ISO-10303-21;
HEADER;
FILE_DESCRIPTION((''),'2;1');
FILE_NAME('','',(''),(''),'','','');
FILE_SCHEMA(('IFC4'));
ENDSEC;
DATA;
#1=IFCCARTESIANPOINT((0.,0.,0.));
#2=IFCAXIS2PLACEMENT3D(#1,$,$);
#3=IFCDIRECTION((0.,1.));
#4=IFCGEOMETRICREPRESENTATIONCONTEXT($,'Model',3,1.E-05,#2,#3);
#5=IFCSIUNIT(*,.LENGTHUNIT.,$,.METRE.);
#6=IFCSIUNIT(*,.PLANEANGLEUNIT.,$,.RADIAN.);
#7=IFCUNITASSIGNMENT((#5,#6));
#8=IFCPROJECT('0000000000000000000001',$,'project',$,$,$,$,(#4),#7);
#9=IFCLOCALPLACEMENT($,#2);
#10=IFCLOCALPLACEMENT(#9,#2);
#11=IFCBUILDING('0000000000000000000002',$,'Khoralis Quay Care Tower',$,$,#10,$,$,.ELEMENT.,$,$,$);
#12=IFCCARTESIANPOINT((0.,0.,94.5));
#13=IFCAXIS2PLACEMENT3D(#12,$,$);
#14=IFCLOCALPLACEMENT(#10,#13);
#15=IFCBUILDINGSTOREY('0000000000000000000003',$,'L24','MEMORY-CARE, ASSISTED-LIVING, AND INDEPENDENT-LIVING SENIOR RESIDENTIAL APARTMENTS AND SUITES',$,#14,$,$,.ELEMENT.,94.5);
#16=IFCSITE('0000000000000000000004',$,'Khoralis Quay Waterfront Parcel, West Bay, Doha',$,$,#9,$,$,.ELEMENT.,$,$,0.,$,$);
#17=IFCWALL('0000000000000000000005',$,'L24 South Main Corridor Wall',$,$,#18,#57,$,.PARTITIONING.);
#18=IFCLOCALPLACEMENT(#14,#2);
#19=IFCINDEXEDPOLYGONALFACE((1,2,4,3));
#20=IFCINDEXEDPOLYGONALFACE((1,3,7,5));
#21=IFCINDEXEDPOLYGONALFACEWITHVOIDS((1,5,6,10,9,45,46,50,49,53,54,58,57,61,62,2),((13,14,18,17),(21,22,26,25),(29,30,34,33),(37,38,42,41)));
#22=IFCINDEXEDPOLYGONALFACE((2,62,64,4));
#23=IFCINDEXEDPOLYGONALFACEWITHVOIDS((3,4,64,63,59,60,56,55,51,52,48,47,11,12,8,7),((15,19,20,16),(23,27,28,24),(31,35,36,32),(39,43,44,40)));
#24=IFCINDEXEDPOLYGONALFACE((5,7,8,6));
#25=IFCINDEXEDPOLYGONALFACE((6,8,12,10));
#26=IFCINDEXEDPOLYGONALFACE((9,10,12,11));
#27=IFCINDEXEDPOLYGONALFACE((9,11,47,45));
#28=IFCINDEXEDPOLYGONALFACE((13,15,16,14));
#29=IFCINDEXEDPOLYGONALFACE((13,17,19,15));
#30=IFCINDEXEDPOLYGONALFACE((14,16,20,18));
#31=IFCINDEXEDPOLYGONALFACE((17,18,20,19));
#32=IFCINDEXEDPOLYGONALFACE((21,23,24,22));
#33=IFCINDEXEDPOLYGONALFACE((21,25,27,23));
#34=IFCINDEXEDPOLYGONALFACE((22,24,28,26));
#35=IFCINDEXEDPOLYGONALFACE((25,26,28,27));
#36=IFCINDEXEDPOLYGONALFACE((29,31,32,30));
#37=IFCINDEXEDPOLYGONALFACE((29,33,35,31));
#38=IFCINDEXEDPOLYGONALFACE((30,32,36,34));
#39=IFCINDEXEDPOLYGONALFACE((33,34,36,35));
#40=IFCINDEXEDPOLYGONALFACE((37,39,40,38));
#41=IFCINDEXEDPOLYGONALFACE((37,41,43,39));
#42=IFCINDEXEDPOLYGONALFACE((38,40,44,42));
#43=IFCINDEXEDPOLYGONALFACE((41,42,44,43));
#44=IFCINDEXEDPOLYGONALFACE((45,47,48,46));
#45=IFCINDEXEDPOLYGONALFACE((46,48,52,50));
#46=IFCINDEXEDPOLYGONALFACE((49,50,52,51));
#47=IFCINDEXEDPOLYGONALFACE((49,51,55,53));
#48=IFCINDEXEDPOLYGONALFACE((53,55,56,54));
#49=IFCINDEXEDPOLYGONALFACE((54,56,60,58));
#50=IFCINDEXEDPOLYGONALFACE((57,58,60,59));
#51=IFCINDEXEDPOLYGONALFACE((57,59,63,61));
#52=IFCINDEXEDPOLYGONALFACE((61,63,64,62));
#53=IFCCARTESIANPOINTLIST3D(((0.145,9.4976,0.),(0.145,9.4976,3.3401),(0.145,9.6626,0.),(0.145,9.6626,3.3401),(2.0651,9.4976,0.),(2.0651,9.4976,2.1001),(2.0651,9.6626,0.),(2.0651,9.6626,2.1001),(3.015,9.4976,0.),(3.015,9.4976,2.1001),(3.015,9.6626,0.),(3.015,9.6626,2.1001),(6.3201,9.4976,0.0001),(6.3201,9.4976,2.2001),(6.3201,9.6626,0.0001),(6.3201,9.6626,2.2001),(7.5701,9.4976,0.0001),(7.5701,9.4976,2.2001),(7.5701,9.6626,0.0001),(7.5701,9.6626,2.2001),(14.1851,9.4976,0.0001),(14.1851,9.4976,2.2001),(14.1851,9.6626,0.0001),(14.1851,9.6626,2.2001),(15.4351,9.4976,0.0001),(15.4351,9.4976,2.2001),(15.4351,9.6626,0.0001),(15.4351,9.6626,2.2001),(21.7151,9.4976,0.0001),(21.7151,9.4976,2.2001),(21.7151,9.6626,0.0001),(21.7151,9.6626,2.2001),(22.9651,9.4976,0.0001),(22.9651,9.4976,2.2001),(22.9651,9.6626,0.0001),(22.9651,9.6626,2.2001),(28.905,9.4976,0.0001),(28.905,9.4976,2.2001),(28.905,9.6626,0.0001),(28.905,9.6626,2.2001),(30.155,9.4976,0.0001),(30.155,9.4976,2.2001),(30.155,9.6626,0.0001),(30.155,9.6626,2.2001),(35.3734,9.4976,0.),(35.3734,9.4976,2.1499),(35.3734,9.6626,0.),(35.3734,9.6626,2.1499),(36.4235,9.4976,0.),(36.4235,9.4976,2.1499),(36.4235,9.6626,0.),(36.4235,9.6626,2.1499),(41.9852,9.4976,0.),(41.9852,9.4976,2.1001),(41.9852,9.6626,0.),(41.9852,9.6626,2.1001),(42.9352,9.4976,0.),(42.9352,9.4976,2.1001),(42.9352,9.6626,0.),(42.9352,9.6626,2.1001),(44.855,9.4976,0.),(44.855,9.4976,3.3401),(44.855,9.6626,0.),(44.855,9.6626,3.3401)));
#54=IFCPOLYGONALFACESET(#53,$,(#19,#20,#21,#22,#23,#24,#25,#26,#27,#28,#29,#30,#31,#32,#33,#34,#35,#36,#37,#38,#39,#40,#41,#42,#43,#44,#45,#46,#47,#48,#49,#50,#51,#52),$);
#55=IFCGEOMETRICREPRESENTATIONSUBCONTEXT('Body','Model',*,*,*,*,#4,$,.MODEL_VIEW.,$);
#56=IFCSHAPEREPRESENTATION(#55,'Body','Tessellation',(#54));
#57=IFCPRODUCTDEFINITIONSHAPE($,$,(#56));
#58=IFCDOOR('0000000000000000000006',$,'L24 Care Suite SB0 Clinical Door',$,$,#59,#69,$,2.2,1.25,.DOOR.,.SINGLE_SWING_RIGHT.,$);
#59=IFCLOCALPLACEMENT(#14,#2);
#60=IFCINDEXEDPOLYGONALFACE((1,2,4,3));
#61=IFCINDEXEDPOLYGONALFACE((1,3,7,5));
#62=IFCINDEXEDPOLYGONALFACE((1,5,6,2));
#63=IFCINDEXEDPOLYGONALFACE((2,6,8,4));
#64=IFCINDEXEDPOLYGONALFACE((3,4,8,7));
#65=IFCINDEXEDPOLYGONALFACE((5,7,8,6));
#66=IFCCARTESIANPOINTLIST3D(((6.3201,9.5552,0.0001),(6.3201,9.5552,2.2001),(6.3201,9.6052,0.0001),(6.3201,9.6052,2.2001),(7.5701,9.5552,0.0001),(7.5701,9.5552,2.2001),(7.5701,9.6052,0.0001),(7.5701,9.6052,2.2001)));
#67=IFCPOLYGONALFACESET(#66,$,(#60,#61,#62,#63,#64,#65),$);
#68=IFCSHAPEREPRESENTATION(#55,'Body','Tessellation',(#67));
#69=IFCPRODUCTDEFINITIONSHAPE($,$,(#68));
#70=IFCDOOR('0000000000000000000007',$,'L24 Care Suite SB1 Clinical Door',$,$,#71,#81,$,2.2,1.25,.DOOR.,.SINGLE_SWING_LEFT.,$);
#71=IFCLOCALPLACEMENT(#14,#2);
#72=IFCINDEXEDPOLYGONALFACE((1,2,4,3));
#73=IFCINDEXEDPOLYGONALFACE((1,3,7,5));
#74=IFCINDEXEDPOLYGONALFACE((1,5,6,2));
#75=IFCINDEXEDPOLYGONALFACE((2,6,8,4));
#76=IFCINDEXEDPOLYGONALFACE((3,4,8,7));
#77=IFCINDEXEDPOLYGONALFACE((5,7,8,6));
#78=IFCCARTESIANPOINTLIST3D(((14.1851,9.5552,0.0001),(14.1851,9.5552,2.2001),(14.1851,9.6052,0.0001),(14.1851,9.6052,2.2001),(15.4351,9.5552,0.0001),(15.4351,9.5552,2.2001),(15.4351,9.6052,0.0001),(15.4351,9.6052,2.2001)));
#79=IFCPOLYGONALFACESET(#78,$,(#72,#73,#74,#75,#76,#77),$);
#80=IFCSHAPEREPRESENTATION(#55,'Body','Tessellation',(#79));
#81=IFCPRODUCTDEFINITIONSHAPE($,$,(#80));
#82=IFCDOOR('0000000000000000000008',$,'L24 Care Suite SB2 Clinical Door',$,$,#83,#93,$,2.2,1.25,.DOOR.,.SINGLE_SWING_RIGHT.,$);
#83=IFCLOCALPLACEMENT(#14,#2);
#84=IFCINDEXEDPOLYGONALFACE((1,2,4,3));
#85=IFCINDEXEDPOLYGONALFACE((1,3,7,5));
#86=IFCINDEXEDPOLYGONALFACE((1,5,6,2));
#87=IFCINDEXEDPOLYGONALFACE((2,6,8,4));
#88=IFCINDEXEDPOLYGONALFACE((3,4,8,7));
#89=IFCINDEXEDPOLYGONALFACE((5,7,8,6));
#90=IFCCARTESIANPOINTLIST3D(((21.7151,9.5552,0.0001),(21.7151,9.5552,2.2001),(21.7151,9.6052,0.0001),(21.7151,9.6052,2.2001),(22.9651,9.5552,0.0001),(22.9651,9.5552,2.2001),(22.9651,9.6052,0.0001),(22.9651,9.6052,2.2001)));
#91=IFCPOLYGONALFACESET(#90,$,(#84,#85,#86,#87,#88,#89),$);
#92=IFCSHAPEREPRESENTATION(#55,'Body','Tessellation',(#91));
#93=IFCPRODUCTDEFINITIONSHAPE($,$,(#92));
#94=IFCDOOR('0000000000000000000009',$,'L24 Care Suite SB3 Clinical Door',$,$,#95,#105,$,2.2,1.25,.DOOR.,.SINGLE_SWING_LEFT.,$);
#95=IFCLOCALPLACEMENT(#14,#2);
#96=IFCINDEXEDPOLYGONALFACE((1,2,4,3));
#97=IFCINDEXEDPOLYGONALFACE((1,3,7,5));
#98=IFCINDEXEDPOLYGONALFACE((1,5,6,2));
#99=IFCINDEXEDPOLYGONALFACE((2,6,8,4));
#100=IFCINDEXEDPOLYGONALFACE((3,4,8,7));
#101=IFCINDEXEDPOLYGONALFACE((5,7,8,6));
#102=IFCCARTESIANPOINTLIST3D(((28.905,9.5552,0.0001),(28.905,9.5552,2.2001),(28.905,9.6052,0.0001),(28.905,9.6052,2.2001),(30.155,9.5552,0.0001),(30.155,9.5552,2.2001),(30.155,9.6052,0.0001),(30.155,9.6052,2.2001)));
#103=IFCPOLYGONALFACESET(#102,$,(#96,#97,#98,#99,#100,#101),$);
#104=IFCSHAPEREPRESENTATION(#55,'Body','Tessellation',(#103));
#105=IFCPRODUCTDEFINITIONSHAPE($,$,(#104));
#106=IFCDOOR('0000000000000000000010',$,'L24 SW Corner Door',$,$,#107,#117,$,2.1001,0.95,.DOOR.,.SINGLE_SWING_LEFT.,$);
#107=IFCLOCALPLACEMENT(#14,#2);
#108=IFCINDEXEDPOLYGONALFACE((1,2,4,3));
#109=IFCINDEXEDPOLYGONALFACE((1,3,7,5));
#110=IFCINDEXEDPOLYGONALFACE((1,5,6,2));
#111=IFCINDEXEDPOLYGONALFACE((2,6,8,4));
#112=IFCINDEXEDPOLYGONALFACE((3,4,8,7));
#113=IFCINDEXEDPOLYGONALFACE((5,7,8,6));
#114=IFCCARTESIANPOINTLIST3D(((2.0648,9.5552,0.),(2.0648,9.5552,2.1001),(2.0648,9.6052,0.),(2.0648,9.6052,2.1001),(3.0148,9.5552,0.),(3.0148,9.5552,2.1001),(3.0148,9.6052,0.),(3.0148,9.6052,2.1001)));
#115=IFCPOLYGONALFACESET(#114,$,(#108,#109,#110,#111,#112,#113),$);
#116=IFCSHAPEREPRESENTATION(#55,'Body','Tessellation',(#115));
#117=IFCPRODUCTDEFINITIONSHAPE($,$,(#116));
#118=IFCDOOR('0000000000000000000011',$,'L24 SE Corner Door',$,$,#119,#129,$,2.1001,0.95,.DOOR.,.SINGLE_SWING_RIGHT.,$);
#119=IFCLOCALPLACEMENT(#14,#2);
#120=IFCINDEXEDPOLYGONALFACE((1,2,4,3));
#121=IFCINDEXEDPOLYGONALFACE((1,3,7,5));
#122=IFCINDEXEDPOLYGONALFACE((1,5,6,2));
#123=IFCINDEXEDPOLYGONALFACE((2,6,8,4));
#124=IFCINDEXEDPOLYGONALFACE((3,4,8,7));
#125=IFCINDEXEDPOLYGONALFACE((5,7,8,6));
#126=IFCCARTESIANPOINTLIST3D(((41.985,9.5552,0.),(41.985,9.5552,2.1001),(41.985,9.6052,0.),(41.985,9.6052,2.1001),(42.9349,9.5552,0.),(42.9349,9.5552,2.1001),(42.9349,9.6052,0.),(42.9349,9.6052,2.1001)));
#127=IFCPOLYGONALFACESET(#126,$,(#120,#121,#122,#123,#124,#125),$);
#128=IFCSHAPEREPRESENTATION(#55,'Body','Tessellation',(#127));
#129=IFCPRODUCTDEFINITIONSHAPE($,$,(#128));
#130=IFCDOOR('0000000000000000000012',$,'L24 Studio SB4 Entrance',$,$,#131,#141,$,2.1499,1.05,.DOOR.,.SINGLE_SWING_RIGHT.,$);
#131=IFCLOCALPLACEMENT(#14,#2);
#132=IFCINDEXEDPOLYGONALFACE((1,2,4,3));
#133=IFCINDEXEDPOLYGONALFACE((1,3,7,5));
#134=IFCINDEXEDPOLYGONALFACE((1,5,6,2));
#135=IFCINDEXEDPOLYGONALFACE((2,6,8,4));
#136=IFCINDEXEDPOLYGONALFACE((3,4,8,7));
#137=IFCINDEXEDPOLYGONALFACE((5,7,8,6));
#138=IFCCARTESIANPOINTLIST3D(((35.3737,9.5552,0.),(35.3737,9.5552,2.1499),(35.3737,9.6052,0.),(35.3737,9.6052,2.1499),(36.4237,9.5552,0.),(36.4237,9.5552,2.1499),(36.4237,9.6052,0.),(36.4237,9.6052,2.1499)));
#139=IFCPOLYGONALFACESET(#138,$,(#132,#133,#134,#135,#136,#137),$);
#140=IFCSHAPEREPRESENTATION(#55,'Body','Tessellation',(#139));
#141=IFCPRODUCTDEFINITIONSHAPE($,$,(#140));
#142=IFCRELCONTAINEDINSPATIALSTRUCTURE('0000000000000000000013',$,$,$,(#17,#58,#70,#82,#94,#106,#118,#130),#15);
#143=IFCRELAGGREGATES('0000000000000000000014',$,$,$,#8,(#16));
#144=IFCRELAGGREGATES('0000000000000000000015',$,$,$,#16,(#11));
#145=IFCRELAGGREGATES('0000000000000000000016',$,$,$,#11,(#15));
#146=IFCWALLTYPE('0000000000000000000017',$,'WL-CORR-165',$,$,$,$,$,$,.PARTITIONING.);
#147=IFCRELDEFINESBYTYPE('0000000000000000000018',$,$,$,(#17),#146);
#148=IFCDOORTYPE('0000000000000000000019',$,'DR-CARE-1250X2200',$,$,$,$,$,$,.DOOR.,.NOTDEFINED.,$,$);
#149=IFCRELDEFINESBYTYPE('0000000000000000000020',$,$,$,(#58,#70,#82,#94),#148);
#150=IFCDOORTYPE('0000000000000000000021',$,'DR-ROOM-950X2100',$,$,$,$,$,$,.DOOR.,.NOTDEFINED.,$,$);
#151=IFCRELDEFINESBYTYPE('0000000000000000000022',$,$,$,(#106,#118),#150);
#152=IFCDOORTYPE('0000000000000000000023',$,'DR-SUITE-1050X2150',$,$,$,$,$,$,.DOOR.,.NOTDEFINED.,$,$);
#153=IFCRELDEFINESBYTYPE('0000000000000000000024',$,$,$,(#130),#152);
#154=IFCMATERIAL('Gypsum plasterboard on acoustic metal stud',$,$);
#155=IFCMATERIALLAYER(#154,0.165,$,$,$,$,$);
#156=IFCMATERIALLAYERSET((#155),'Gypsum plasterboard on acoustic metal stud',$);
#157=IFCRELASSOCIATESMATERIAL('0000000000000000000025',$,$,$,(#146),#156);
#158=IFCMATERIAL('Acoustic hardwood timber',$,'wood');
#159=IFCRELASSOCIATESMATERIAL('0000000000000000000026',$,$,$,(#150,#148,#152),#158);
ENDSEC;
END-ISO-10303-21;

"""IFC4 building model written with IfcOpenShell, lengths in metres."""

from ifc_helpers import new_model, si_unit, direction, frame, frame_2d, origin, place, context, subcontext, project, spatial, rectangle, extrude, source, transform, mapped, material, layer, layer_set, type_object, element, fill, save


model = new_model("IFC4")

# Units and contexts
model_context = context("Model", 3, precision=1e-05, world=origin(), true_north=direction((0.0, 1.0)))
body_context = subcontext(model_context, "Body", "Model", "MODEL_VIEW")
ifc_project = project(units=[si_unit("LENGTHUNIT", "METRE"), si_unit("PLANEANGLEUNIT", "RADIAN")], contexts=[model_context])

# Site, building, storey
site_placement = place(None, origin())
site = spatial("IfcSite", under=ifc_project, at=site_placement, Name="Khoralis Quay Waterfront Parcel, West Bay, Doha", CompositionType="ELEMENT", RefElevation=0.0)
building_placement = place(site_placement, origin())
building = spatial("IfcBuilding", under=site, at=building_placement, Name="Khoralis Quay Care Tower", CompositionType="ELEMENT")
storey_placement = place(building_placement, frame((0.0, 0.0, 94.5)))
storey = spatial("IfcBuildingStorey", under=building, at=storey_placement, Name="L24", Description="MEMORY-CARE, ASSISTED-LIVING, AND INDEPENDENT-LIVING SENIOR RESIDENTIAL APARTMENTS AND SUITES", CompositionType="ELEMENT", Elevation=94.5)

# Wall, openings, doors
ifc_material_1 = material(Name="Gypsum plasterboard on acoustic metal stud")
ifc_layer_1 = layer(ifc_material_1, 0.165)
ifc_layer_set_1 = layer_set([ifc_layer_1], Name="Gypsum plasterboard on acoustic metal stud")
wall_type_1 = type_object("IfcWallType", Name="WL-CORR-165", PredefinedType="PARTITIONING", material=ifc_layer_set_1)
ifc_material_2 = material(Name="Acoustic hardwood timber", Category="wood")
door_type_1 = type_object("IfcDoorType", Name="DR-ROOM-950X2100", OperationType="NOTDEFINED", PredefinedType="DOOR", material=ifc_material_2)
shared_shape_1 = source(origin(), body_context, "Body", "SweptSolid", [
    extrude(rectangle(XDim=0.95, YDim=2.1001, at=frame_2d((0.4751, 1.05))), frame((0.0, 0.0249, 0.0), z_axis=(0.0, -1.0, 0.0), x_axis=(1.0, 0.0, 0.0)), (0.0, 0.0, 1.0), 0.05),
])
wall_1_placement = place(storey_placement, frame((0.145, 9.5801, 0.0), z_axis=(0.0, 0.0, 1.0), x_axis=(1.0, 0.0, 0.0)))
wall_1 = element("IfcWall", 1, at=wall_1_placement, inside=storey, type_object=wall_type_1, Name="L24 South Main Corridor Wall", PredefinedType="PARTITIONING", context=body_context, shape_type="SweptSolid", body=[
    extrude(rectangle(XDim=44.71, YDim=0.165, at=frame_2d((22.355, 0.0))), origin(), (0.0, 0.0, 1.0), 3.3401),
])
opening_1_placement = place(wall_1_placement, frame((6.175, 0.0, 0.0)))
opening_1 = element("IfcOpeningElement", 2, at=opening_1_placement, cuts=wall_1, PredefinedType="OPENING", context=body_context, shape_type="SweptSolid", body=[
    extrude(rectangle(XDim=1.25, YDim=2.2, at=frame_2d((0.625, 1.1001))), frame((0.0, 0.0925, 0.0), z_axis=(0.0, -1.0, 0.0), x_axis=(1.0, 0.0, 0.0)), (0.0, 0.0, 1.0), 0.1851),
])
opening_2_placement = place(wall_1_placement, frame((14.04, 0.0, 0.0)))
opening_2 = element("IfcOpeningElement", 3, at=opening_2_placement, cuts=wall_1, PredefinedType="OPENING", context=body_context, shape_type="SweptSolid", body=[
    extrude(rectangle(XDim=1.25, YDim=2.2, at=frame_2d((0.625, 1.1001))), frame((0.0, 0.0925, 0.0), z_axis=(0.0, -1.0, 0.0), x_axis=(1.0, 0.0, 0.0)), (0.0, 0.0, 1.0), 0.1851),
])
opening_3_placement = place(wall_1_placement, frame((21.5701, 0.0, 0.0)))
opening_3 = element("IfcOpeningElement", 4, at=opening_3_placement, cuts=wall_1, PredefinedType="OPENING", context=body_context, shape_type="SweptSolid", body=[
    extrude(rectangle(XDim=1.25, YDim=2.2, at=frame_2d((0.625, 1.1001))), frame((0.0, 0.0925, 0.0), z_axis=(0.0, -1.0, 0.0), x_axis=(1.0, 0.0, 0.0)), (0.0, 0.0, 1.0), 0.1851),
])
opening_4_placement = place(wall_1_placement, frame((28.76, 0.0, 0.0)))
opening_4 = element("IfcOpeningElement", 5, at=opening_4_placement, cuts=wall_1, PredefinedType="OPENING", context=body_context, shape_type="SweptSolid", body=[
    extrude(rectangle(XDim=1.25, YDim=2.2, at=frame_2d((0.625, 1.1001))), frame((0.0, 0.0925, 0.0), z_axis=(0.0, -1.0, 0.0), x_axis=(1.0, 0.0, 0.0)), (0.0, 0.0, 1.0), 0.1851),
])
opening_5_placement = place(wall_1_placement, frame((35.2285, 0.0, 0.0)))
opening_5 = element("IfcOpeningElement", 6, at=opening_5_placement, cuts=wall_1, PredefinedType="OPENING", context=body_context, shape_type="SweptSolid", body=[
    extrude(rectangle(XDim=1.05, YDim=2.1499, at=frame_2d((0.5249, 1.075))), frame((0.0, 0.0925, 0.0), z_axis=(0.0, -1.0, 0.0), x_axis=(1.0, 0.0, 0.0)), (0.0, 0.0, 1.0), 0.1851),
])
opening_6_placement = place(wall_1_placement, frame((1.9199, 0.0, 0.0)))
opening_6 = element("IfcOpeningElement", 7, at=opening_6_placement, cuts=wall_1, PredefinedType="OPENING", context=body_context, shape_type="SweptSolid", body=[
    extrude(rectangle(XDim=0.95, YDim=2.1001, at=frame_2d((0.4751, 1.05))), frame((0.0, 0.0925, 0.0), z_axis=(0.0, -1.0, 0.0), x_axis=(1.0, 0.0, 0.0)), (0.0, 0.0, 1.0), 0.1851),
])
opening_7_placement = place(wall_1_placement, frame((41.8401, 0.0, 0.0)))
opening_7 = element("IfcOpeningElement", 8, at=opening_7_placement, cuts=wall_1, PredefinedType="OPENING", context=body_context, shape_type="SweptSolid", body=[
    extrude(rectangle(XDim=0.95, YDim=2.1001, at=frame_2d((0.4751, 1.05))), frame((0.0, 0.0925, 0.0), z_axis=(0.0, -1.0, 0.0), x_axis=(1.0, 0.0, 0.0)), (0.0, 0.0, 1.0), 0.1851),
])
door_type_2 = type_object("IfcDoorType", Name="DR-CARE-1250X2200", OperationType="NOTDEFINED", PredefinedType="DOOR", material=ifc_material_2)
shared_shape_2 = source(origin(), body_context, "Body", "SweptSolid", [
    extrude(rectangle(XDim=1.25, YDim=2.2, at=frame_2d((0.625, 1.1001))), frame((0.0, 0.0249, 0.0), z_axis=(0.0, -1.0, 0.0), x_axis=(1.0, 0.0, 0.0)), (0.0, 0.0, 1.0), 0.05),
])
door_1_placement = place(opening_1_placement, frame((1.25, 0.0, 0.0), z_axis=(0.0, 0.0, 1.0), x_axis=(-1.0, 0.0, 0.0)))
door_1 = element("IfcDoor", 9, at=door_1_placement, inside=storey, type_object=door_type_2, Name="L24 Care Suite SB0 Clinical Door", OperationType="SINGLE_SWING_RIGHT", OverallHeight=2.2, OverallWidth=1.25, PredefinedType="DOOR", context=body_context, shape_type="MappedRepresentation", body=[
    mapped(shared_shape_2, transform((0.0, 0.0, 0.0), scale=1.0)),
])
fill(opening_1, door_1)
door_2_placement = place(opening_2_placement, frame((1.25, 0.0, 0.0), z_axis=(0.0, 0.0, 1.0), x_axis=(-1.0, 0.0, 0.0)))
door_2 = element("IfcDoor", 10, at=door_2_placement, inside=storey, type_object=door_type_2, Name="L24 Care Suite SB1 Clinical Door", OperationType="SINGLE_SWING_LEFT", OverallHeight=2.2, OverallWidth=1.25, PredefinedType="DOOR", context=body_context, shape_type="MappedRepresentation", body=[
    mapped(shared_shape_2, transform((0.0, 0.0, 0.0), scale=1.0)),
])
fill(opening_2, door_2)
door_3_placement = place(opening_3_placement, frame((1.25, 0.0, 0.0), z_axis=(0.0, 0.0, 1.0), x_axis=(-1.0, 0.0, 0.0)))
door_3 = element("IfcDoor", 11, at=door_3_placement, inside=storey, type_object=door_type_2, Name="L24 Care Suite SB2 Clinical Door", OperationType="SINGLE_SWING_RIGHT", OverallHeight=2.2, OverallWidth=1.25, PredefinedType="DOOR", context=body_context, shape_type="MappedRepresentation", body=[
    mapped(shared_shape_2, transform((0.0, 0.0, 0.0), scale=1.0)),
])
fill(opening_3, door_3)
door_4_placement = place(opening_4_placement, frame((1.25, 0.0, 0.0), z_axis=(0.0, 0.0, 1.0), x_axis=(-1.0, 0.0, 0.0)))
door_4 = element("IfcDoor", 12, at=door_4_placement, inside=storey, type_object=door_type_2, Name="L24 Care Suite SB3 Clinical Door", OperationType="SINGLE_SWING_LEFT", OverallHeight=2.2, OverallWidth=1.25, PredefinedType="DOOR", context=body_context, shape_type="MappedRepresentation", body=[
    mapped(shared_shape_2, transform((0.0, 0.0, 0.0), scale=1.0)),
])
fill(opening_4, door_4)
door_5_placement = place(opening_6_placement, frame((0.95, 0.0, 0.0), z_axis=(0.0, 0.0, 1.0), x_axis=(-1.0, 0.0, 0.0)))
door_5 = element("IfcDoor", 13, at=door_5_placement, inside=storey, type_object=door_type_1, Name="L24 SW Corner Door", OperationType="SINGLE_SWING_LEFT", OverallHeight=2.1001, OverallWidth=0.95, PredefinedType="DOOR", context=body_context, shape_type="MappedRepresentation", body=[
    mapped(shared_shape_1, transform((0.0, 0.0, 0.0), scale=1.0)),
])
fill(opening_6, door_5)
door_6_placement = place(opening_7_placement, frame((0.95, 0.0, 0.0), z_axis=(0.0, 0.0, 1.0), x_axis=(-1.0, 0.0, 0.0)))
door_6 = element("IfcDoor", 14, at=door_6_placement, inside=storey, type_object=door_type_1, Name="L24 SE Corner Door", OperationType="SINGLE_SWING_RIGHT", OverallHeight=2.1001, OverallWidth=0.95, PredefinedType="DOOR", context=body_context, shape_type="MappedRepresentation", body=[
    mapped(shared_shape_1, transform((0.0, 0.0, 0.0), scale=1.0)),
])
fill(opening_7, door_6)
door_type_3 = type_object("IfcDoorType", Name="DR-SUITE-1050X2150", OperationType="NOTDEFINED", PredefinedType="DOOR", material=ifc_material_2)
shared_shape_3 = source(origin(), body_context, "Body", "SweptSolid", [
    extrude(rectangle(XDim=1.05, YDim=2.1499, at=frame_2d((0.5249, 1.075))), frame((0.0, 0.0249, 0.0), z_axis=(0.0, -1.0, 0.0), x_axis=(1.0, 0.0, 0.0)), (0.0, 0.0, 1.0), 0.05),
])
door_7_placement = place(opening_5_placement, frame((1.05, 0.0, 0.0), z_axis=(0.0, 0.0, 1.0), x_axis=(-1.0, 0.0, 0.0)))
door_7 = element("IfcDoor", 15, at=door_7_placement, inside=storey, type_object=door_type_3, Name="L24 Studio SB4 Entrance", OperationType="SINGLE_SWING_RIGHT", OverallHeight=2.1499, OverallWidth=1.05, PredefinedType="DOOR", context=body_context, shape_type="MappedRepresentation", body=[
    mapped(shared_shape_3, transform((0.0, 0.0, 0.0), scale=1.0)),
])
fill(opening_5, door_7)

save(model, "model.ifc")
